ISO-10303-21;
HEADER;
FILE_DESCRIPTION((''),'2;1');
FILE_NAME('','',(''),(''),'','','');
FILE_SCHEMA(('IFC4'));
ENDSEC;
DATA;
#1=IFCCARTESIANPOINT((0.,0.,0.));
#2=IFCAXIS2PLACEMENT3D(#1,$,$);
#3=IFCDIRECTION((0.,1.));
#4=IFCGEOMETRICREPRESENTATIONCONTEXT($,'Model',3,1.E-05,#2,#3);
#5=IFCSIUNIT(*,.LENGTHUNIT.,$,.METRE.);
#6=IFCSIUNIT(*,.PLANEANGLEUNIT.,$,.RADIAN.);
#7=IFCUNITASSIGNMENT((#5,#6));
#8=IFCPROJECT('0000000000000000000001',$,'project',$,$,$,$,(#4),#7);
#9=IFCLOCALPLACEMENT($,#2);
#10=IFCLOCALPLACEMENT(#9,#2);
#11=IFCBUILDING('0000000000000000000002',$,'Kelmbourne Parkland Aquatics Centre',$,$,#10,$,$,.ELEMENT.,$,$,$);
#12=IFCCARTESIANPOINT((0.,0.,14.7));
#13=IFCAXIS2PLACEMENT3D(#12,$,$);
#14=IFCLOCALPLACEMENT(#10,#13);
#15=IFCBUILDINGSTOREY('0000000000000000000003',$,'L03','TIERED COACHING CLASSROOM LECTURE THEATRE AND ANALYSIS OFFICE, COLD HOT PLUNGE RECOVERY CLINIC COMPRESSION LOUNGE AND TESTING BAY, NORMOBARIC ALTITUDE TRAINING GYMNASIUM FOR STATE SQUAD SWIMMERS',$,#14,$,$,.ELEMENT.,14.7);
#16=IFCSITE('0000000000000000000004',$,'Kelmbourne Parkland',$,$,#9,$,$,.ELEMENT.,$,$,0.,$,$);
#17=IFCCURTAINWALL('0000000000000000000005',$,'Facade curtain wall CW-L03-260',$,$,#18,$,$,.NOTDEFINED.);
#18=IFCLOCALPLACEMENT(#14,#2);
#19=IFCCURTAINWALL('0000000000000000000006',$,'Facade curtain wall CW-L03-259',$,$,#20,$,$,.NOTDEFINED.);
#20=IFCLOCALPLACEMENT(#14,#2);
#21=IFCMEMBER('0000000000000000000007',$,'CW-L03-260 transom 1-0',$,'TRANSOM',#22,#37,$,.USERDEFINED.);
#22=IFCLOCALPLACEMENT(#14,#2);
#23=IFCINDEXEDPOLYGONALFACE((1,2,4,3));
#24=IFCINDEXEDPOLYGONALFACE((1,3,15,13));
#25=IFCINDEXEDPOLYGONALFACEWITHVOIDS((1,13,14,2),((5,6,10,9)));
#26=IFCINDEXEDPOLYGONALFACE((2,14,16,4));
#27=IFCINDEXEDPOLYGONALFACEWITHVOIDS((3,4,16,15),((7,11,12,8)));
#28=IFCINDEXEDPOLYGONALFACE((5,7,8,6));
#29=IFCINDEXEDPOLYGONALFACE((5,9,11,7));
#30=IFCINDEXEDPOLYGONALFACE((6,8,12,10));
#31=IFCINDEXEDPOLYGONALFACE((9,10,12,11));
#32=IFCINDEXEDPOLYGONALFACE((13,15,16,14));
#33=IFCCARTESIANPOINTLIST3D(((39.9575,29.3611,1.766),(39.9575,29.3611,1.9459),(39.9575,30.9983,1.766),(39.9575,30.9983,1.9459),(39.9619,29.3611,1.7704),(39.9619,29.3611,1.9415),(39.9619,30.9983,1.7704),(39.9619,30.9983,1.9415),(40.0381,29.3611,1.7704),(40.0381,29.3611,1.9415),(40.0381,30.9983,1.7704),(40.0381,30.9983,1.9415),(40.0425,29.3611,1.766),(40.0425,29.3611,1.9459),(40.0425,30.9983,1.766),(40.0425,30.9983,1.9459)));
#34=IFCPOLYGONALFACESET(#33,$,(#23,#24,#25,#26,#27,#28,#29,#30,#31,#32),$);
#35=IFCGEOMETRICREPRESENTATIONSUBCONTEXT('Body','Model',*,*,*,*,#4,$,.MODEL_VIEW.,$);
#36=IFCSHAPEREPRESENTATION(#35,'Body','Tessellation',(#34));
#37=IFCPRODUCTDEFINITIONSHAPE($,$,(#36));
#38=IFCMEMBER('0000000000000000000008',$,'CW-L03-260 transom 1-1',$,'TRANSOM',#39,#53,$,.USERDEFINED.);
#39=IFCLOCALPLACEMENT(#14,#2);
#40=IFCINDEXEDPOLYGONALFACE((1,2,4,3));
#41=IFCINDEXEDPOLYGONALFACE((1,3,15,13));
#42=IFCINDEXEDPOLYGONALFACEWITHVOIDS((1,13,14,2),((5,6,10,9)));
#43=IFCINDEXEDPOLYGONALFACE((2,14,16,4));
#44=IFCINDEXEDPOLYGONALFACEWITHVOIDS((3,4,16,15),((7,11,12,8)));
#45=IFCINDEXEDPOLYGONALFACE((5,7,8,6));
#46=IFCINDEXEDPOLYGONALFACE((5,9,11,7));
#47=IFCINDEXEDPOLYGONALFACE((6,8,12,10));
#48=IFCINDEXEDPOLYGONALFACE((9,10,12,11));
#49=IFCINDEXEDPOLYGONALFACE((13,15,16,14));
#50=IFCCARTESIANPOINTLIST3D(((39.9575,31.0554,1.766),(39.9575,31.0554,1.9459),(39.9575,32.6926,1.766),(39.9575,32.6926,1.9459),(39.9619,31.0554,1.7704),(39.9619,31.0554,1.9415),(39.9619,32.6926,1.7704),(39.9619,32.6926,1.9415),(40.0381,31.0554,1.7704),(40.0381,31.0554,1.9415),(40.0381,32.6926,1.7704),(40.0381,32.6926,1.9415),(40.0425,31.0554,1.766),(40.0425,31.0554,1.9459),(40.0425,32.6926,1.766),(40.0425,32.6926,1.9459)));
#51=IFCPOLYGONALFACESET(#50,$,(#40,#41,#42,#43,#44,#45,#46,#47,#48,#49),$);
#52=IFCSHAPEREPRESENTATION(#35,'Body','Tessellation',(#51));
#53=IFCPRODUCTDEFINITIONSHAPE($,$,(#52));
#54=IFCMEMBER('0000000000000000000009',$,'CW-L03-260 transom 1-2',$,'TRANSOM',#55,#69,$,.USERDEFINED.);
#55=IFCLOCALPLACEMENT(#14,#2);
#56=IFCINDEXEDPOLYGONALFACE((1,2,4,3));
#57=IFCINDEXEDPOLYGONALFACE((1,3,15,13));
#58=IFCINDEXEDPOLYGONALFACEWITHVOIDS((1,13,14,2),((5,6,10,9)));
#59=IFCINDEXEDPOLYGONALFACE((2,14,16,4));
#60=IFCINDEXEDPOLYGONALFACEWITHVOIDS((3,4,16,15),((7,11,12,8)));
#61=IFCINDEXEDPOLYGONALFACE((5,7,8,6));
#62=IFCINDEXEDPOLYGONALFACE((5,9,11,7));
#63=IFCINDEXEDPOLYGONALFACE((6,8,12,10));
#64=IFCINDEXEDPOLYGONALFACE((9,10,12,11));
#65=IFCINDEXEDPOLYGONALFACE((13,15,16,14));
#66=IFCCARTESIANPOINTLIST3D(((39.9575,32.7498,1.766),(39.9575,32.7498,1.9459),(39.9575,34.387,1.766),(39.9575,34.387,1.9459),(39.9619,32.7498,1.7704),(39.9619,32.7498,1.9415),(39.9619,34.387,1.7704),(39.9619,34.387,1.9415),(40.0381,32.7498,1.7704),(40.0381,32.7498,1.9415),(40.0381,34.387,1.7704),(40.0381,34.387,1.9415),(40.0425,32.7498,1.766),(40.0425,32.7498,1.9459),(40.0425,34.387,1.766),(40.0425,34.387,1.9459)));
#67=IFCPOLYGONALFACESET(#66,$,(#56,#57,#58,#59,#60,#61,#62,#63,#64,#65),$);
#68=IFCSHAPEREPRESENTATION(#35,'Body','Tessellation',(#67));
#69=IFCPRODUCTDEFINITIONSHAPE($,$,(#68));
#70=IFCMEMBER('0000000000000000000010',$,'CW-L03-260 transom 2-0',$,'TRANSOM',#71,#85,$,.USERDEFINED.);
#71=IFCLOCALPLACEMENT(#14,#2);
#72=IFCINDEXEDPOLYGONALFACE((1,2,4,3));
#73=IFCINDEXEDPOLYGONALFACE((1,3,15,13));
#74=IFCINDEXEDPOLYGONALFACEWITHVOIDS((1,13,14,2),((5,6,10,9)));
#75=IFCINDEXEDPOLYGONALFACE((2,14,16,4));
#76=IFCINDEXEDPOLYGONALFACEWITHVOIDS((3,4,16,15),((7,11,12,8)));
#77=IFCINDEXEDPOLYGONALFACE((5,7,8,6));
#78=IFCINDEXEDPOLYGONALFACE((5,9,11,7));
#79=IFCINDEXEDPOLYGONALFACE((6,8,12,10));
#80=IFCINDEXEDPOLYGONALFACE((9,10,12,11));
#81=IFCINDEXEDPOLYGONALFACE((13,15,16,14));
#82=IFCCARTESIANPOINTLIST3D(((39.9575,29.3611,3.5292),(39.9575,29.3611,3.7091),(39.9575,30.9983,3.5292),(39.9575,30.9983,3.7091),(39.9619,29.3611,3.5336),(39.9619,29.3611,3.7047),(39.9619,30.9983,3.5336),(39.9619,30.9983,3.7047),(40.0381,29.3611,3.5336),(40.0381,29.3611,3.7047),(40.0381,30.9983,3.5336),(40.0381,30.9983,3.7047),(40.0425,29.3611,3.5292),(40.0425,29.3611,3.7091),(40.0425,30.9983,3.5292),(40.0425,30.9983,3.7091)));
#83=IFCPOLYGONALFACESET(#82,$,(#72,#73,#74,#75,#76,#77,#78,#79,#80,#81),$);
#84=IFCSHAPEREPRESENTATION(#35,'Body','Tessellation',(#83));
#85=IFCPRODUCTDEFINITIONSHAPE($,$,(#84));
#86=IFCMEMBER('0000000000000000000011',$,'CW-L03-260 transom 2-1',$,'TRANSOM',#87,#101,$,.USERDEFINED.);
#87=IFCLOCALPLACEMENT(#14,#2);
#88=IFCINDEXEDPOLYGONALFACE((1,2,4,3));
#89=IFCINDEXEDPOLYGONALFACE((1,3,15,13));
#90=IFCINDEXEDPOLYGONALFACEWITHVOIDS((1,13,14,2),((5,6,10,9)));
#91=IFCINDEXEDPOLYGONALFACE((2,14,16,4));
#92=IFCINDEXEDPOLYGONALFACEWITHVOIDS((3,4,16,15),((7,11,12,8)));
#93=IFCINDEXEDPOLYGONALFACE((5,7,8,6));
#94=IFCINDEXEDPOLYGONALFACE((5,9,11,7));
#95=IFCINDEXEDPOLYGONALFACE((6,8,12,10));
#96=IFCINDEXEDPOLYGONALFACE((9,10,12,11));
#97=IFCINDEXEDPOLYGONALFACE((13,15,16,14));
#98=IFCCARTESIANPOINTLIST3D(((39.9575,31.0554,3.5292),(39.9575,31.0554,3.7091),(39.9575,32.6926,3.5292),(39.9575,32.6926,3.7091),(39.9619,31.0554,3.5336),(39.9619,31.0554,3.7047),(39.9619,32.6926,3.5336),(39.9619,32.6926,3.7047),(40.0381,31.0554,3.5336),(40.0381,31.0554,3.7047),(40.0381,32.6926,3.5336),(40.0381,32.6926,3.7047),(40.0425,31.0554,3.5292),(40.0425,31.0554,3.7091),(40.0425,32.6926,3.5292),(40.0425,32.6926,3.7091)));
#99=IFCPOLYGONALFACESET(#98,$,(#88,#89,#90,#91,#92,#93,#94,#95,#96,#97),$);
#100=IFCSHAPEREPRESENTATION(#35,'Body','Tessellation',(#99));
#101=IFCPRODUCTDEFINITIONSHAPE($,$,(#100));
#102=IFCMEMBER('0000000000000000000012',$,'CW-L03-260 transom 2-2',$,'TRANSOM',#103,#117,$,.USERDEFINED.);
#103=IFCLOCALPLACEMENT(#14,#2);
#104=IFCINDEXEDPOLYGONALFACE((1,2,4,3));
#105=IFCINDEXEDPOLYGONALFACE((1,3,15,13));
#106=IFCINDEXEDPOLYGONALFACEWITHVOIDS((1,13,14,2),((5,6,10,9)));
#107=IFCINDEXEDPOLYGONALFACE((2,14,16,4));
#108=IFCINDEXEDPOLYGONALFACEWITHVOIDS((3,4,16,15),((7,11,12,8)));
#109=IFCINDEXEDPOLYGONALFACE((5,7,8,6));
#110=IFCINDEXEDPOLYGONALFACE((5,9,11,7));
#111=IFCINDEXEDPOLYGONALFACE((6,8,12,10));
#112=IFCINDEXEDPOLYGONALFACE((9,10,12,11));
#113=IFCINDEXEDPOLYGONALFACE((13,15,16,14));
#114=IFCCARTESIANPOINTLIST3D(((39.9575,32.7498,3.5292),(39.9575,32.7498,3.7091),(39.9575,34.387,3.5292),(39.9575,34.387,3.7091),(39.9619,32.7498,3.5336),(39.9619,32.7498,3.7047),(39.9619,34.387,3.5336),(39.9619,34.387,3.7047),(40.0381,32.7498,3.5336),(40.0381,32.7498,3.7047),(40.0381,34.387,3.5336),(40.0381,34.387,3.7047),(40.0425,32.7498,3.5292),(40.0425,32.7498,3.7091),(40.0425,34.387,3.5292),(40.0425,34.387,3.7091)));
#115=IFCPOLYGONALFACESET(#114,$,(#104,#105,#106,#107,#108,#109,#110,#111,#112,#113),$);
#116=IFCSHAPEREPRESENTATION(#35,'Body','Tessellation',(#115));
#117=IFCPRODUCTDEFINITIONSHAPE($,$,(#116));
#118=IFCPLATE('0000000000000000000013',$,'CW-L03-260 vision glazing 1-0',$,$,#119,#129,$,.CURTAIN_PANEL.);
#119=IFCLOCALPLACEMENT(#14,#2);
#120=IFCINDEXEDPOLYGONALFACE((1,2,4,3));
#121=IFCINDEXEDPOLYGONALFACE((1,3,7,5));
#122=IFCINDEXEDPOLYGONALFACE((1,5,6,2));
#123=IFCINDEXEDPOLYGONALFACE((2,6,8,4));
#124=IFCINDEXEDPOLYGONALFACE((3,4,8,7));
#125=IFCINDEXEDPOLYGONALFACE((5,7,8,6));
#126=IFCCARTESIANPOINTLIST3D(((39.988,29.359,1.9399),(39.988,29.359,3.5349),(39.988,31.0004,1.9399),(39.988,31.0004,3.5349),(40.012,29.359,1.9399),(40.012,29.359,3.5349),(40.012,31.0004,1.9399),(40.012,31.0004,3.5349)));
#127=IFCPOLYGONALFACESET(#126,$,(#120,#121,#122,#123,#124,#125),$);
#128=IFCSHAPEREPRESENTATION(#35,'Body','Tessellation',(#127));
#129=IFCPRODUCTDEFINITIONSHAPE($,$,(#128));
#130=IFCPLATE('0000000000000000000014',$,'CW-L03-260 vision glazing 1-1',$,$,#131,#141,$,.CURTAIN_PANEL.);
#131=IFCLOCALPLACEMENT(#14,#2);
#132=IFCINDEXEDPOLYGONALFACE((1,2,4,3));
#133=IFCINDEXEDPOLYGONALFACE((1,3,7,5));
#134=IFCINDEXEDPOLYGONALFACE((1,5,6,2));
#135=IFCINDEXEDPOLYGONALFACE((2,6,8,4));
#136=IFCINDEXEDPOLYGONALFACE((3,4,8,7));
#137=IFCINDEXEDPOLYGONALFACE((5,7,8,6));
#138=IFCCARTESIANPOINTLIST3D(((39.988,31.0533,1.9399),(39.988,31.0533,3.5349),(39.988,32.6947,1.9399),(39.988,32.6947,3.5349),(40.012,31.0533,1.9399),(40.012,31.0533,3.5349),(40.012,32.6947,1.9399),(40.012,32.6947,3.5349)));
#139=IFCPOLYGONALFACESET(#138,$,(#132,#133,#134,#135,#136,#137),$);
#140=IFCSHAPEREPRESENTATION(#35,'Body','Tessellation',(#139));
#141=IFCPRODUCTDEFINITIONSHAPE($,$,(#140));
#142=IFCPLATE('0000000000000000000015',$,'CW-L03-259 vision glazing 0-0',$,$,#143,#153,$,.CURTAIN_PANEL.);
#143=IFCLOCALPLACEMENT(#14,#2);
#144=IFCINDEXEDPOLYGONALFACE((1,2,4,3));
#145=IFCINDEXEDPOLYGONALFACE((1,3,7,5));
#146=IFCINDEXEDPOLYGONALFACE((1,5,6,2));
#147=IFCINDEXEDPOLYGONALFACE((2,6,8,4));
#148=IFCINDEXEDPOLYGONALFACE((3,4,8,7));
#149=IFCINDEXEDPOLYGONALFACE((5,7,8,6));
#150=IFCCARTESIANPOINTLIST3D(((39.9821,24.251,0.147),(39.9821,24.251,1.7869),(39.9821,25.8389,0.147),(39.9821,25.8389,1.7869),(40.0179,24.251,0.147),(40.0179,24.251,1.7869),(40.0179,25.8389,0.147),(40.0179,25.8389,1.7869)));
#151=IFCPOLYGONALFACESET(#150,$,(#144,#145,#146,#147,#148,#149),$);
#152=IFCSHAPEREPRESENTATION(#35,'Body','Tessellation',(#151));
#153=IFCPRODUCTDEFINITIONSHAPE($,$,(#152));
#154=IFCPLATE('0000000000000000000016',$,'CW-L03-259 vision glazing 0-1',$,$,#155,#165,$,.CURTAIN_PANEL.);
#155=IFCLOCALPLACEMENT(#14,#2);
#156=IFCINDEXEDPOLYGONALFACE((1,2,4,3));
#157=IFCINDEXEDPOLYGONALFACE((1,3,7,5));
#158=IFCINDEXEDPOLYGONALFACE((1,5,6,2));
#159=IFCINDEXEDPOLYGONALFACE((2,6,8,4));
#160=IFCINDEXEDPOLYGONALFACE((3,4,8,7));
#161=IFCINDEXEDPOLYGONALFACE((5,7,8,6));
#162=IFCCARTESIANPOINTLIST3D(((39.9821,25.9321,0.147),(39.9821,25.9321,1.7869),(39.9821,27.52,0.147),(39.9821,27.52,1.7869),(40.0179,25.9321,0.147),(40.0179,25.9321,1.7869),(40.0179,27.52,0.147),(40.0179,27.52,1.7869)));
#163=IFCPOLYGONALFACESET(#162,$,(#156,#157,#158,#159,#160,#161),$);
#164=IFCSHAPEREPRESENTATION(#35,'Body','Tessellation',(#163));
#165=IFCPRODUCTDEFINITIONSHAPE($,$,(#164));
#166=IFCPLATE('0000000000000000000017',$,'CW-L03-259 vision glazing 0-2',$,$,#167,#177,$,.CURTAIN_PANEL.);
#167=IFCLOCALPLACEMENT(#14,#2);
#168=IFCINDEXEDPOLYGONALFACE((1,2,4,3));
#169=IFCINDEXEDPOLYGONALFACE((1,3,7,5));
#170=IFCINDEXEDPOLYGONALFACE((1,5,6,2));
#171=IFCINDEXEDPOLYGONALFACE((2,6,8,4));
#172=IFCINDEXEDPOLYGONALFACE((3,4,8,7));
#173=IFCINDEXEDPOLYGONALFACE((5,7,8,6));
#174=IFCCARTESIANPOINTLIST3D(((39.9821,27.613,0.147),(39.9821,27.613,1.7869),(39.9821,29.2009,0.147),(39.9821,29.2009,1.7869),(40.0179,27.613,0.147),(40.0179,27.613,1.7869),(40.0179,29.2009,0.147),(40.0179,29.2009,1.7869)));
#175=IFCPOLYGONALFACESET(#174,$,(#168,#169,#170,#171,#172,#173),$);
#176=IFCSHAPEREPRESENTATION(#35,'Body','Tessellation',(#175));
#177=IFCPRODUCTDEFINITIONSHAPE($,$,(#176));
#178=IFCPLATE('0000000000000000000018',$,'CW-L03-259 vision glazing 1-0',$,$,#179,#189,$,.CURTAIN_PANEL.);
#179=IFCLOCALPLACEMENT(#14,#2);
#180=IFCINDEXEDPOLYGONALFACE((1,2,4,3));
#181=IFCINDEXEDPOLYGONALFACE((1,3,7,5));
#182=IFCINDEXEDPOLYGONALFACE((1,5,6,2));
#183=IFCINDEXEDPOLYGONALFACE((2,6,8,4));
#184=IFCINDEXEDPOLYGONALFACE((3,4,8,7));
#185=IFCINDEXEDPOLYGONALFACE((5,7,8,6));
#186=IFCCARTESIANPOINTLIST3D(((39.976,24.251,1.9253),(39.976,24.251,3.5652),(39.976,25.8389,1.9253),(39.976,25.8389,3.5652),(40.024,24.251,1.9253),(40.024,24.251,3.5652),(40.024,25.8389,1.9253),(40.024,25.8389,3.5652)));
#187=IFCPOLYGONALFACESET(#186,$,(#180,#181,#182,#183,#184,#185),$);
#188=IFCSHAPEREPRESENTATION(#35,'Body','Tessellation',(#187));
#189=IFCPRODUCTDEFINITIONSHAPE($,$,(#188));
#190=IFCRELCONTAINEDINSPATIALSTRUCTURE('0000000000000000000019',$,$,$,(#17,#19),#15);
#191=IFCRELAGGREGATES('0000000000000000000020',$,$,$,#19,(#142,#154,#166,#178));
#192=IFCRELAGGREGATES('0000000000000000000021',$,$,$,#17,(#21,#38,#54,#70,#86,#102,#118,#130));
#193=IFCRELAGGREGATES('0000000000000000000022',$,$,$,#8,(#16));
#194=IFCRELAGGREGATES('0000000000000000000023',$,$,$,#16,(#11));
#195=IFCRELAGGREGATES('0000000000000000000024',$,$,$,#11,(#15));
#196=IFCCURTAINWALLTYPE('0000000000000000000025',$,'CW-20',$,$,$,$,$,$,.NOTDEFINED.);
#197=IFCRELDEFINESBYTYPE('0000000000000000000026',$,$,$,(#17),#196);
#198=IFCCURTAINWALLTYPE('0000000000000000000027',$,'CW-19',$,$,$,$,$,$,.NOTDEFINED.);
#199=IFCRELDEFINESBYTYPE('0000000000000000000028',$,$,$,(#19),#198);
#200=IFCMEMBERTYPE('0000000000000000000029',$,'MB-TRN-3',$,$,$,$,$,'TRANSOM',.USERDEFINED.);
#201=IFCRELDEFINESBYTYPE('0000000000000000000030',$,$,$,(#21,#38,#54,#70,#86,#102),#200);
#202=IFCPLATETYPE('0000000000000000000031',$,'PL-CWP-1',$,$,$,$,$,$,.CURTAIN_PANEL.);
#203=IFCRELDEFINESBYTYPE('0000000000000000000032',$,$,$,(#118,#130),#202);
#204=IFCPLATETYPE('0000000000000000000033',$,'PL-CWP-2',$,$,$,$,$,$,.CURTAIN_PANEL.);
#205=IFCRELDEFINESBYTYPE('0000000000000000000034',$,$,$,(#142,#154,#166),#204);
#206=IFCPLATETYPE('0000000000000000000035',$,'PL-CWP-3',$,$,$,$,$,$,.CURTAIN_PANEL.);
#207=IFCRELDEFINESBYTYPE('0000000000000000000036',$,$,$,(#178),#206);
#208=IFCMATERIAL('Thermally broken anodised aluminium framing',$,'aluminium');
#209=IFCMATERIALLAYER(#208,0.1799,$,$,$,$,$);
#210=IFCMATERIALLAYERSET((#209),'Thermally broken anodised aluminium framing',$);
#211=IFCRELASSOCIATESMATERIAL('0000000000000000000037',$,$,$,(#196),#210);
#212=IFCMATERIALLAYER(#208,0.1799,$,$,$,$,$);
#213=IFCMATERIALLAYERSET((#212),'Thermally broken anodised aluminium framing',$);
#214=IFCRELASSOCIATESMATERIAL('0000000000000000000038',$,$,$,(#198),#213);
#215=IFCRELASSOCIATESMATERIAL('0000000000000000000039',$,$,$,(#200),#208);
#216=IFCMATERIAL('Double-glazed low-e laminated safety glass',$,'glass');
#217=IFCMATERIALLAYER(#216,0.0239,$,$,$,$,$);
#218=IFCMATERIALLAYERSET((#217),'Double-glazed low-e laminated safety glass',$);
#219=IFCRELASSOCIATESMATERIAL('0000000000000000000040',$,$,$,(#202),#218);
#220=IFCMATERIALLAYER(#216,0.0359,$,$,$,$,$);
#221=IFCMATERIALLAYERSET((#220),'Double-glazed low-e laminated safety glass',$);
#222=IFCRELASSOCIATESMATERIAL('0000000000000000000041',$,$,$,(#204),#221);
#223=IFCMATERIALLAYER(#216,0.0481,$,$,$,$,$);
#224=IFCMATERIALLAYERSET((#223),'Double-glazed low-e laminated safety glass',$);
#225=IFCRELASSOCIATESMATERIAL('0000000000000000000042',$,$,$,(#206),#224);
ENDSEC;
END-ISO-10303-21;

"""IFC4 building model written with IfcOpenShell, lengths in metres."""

from ifc_helpers import new_model, si_unit, direction, frame, origin, origin_2d, place, context, subcontext, project, spatial, rectangle, hollow_rectangle, extrude, material, layer, layer_set, material_profile, profile_set, type_object, element, aggregate, save


model = new_model("IFC4")

# Units and contexts
model_context = context("Model", 3, precision=1e-05, world=origin(), true_north=direction((0.0, 1.0)))
body_context = subcontext(model_context, "Body", "Model", "MODEL_VIEW")
ifc_project = project(units=[si_unit("LENGTHUNIT", "METRE"), si_unit("PLANEANGLEUNIT", "RADIAN")], contexts=[model_context])

# Site, building, storey
site_placement = place(None, origin())
site = spatial("IfcSite", under=ifc_project, at=site_placement, Name="Kelmbourne Parkland", CompositionType="ELEMENT", RefElevation=0.0)
building_placement = place(site_placement, origin())
building = spatial("IfcBuilding", under=site, at=building_placement, Name="Kelmbourne Parkland Aquatics Centre", CompositionType="ELEMENT")
storey_placement = place(building_placement, frame((0.0, 0.0, 14.7)))
storey = spatial("IfcBuildingStorey", under=building, at=storey_placement, Name="L03", Description="TIERED COACHING CLASSROOM LECTURE THEATRE AND ANALYSIS OFFICE, COLD HOT PLUNGE RECOVERY CLINIC COMPRESSION LOUNGE AND TESTING BAY, NORMOBARIC ALTITUDE TRAINING GYMNASIUM FOR STATE SQUAD SWIMMERS", CompositionType="ELEMENT", Elevation=14.7)

# Curtain wall
ifc_material_1 = material(Name="Thermally broken anodised aluminium framing", Category="aluminium")
ifc_layer_1 = layer(ifc_material_1, 0.1799)
ifc_layer_set_1 = layer_set([ifc_layer_1], Name="Thermally broken anodised aluminium framing")
curtain_wall_type_1 = type_object("IfcCurtainWallType", Name="CW-20", PredefinedType="NOTDEFINED", material=ifc_layer_set_1)
curtain_wall_1_placement = place(storey_placement, origin())
curtain_wall_1 = element("IfcCurtainWall", 1, at=curtain_wall_1_placement, inside=storey, type_object=curtain_wall_type_1, Name="Facade curtain wall CW-L03-260", PredefinedType="NOTDEFINED")

# Curtain wall
ifc_layer_2 = layer(ifc_material_1, 0.1799)
ifc_layer_set_2 = layer_set([ifc_layer_2], Name="Thermally broken anodised aluminium framing")
curtain_wall_type_2 = type_object("IfcCurtainWallType", Name="CW-19", PredefinedType="NOTDEFINED", material=ifc_layer_set_2)
curtain_wall_2_placement = place(storey_placement, origin())
curtain_wall_2 = element("IfcCurtainWall", 2, at=curtain_wall_2_placement, inside=storey, type_object=curtain_wall_type_2, Name="Facade curtain wall CW-L03-259", PredefinedType="NOTDEFINED")

# Members
ifc_material_profile_1 = material_profile(ifc_material_1, hollow_rectangle(XDim=0.085, YDim=0.1799, WallThickness=0.0044, at=origin_2d()), Name="CW-T 85x180")
ifc_profile_set_1 = profile_set([ifc_material_profile_1], Name="Thermally broken anodised aluminium framing")
member_type_1 = type_object("IfcMemberType", Name="MB-TRN-3", ElementType="TRANSOM", PredefinedType="USERDEFINED", material=ifc_profile_set_1)
member_1_placement = place(storey_placement, frame((40.0, 29.3611, 1.856), z_axis=(0.0, 1.0, 0.0), x_axis=(-1.0, 0.0, 0.0)))
member_1 = element("IfcMember", 3, at=member_1_placement, type_object=member_type_1, Name="CW-L03-260 transom 1-0", ObjectType="TRANSOM", PredefinedType="USERDEFINED", context=body_context, shape_type="SweptSolid", body=[
    extrude(hollow_rectangle(XDim=0.085, YDim=0.1799, WallThickness=0.0044, at=origin_2d()), origin(), (0.0, 0.0, 1.0), 1.6372),
])
member_2_placement = place(storey_placement, frame((40.0, 31.0554, 1.856), z_axis=(0.0, 1.0, 0.0), x_axis=(-1.0, 0.0, 0.0)))
member_2 = element("IfcMember", 4, at=member_2_placement, type_object=member_type_1, Name="CW-L03-260 transom 1-1", ObjectType="TRANSOM", PredefinedType="USERDEFINED", context=body_context, shape_type="SweptSolid", body=[
    extrude(hollow_rectangle(XDim=0.085, YDim=0.1799, WallThickness=0.0044, at=origin_2d()), origin(), (0.0, 0.0, 1.0), 1.6372),
])
member_3_placement = place(storey_placement, frame((40.0, 32.7498, 1.856), z_axis=(0.0, 1.0, 0.0), x_axis=(-1.0, 0.0, 0.0)))
member_3 = element("IfcMember", 5, at=member_3_placement, type_object=member_type_1, Name="CW-L03-260 transom 1-2", ObjectType="TRANSOM", PredefinedType="USERDEFINED", context=body_context, shape_type="SweptSolid", body=[
    extrude(hollow_rectangle(XDim=0.085, YDim=0.1799, WallThickness=0.0044, at=origin_2d()), origin(), (0.0, 0.0, 1.0), 1.6372),
])
member_4_placement = place(storey_placement, frame((40.0, 29.3611, 3.6191), z_axis=(0.0, 1.0, 0.0), x_axis=(-1.0, 0.0, 0.0)))
member_4 = element("IfcMember", 6, at=member_4_placement, type_object=member_type_1, Name="CW-L03-260 transom 2-0", ObjectType="TRANSOM", PredefinedType="USERDEFINED", context=body_context, shape_type="SweptSolid", body=[
    extrude(hollow_rectangle(XDim=0.085, YDim=0.1799, WallThickness=0.0044, at=origin_2d()), origin(), (0.0, 0.0, 1.0), 1.6372),
])
member_5_placement = place(storey_placement, frame((40.0, 31.0554, 3.6191), z_axis=(0.0, 1.0, 0.0), x_axis=(-1.0, 0.0, 0.0)))
member_5 = element("IfcMember", 7, at=member_5_placement, type_object=member_type_1, Name="CW-L03-260 transom 2-1", ObjectType="TRANSOM", PredefinedType="USERDEFINED", context=body_context, shape_type="SweptSolid", body=[
    extrude(hollow_rectangle(XDim=0.085, YDim=0.1799, WallThickness=0.0044, at=origin_2d()), origin(), (0.0, 0.0, 1.0), 1.6372),
])
member_6_placement = place(storey_placement, frame((40.0, 32.7498, 3.6191), z_axis=(0.0, 1.0, 0.0), x_axis=(-1.0, 0.0, 0.0)))
member_6 = element("IfcMember", 8, at=member_6_placement, type_object=member_type_1, Name="CW-L03-260 transom 2-2", ObjectType="TRANSOM", PredefinedType="USERDEFINED", context=body_context, shape_type="SweptSolid", body=[
    extrude(hollow_rectangle(XDim=0.085, YDim=0.1799, WallThickness=0.0044, at=origin_2d()), origin(), (0.0, 0.0, 1.0), 1.6372),
])

# Plates
ifc_material_2 = material(Name="Double-glazed low-e laminated safety glass", Category="glass")
ifc_layer_3 = layer(ifc_material_2, 0.0239)
ifc_layer_set_3 = layer_set([ifc_layer_3], Name="Double-glazed low-e laminated safety glass")
plate_type_1 = type_object("IfcPlateType", Name="PL-CWP-1", PredefinedType="CURTAIN_PANEL", material=ifc_layer_set_3)
plate_1_placement = place(storey_placement, frame((40.0, 30.1797, 1.9399), z_axis=(0.0, 0.0, 1.0), x_axis=(0.0, 1.0, 0.0)))
plate_1 = element("IfcPlate", 9, at=plate_1_placement, type_object=plate_type_1, Name="CW-L03-260 vision glazing 1-0", PredefinedType="CURTAIN_PANEL", context=body_context, shape_type="SweptSolid", body=[
    extrude(rectangle(XDim=1.6414, YDim=0.0239, at=origin_2d()), origin(), (0.0, 0.0, 1.0), 1.595),
])
plate_2_placement = place(storey_placement, frame((40.0, 31.874, 1.9399), z_axis=(0.0, 0.0, 1.0), x_axis=(0.0, 1.0, 0.0)))
plate_2 = element("IfcPlate", 10, at=plate_2_placement, type_object=plate_type_1, Name="CW-L03-260 vision glazing 1-1", PredefinedType="CURTAIN_PANEL", context=body_context, shape_type="SweptSolid", body=[
    extrude(rectangle(XDim=1.6414, YDim=0.0239, at=origin_2d()), origin(), (0.0, 0.0, 1.0), 1.595),
])
ifc_layer_4 = layer(ifc_material_2, 0.0359)
ifc_layer_set_4 = layer_set([ifc_layer_4], Name="Double-glazed low-e laminated safety glass")
plate_type_2 = type_object("IfcPlateType", Name="PL-CWP-2", PredefinedType="CURTAIN_PANEL", material=ifc_layer_set_4)
plate_3_placement = place(storey_placement, frame((40.0, 25.0449, 0.147), z_axis=(0.0, 0.0, 1.0), x_axis=(0.0, 1.0, 0.0)))
plate_3 = element("IfcPlate", 11, at=plate_3_placement, type_object=plate_type_2, Name="CW-L03-259 vision glazing 0-0", PredefinedType="CURTAIN_PANEL", context=body_context, shape_type="SweptSolid", body=[
    extrude(rectangle(XDim=1.5879, YDim=0.0359, at=origin_2d()), origin(), (0.0, 0.0, 1.0), 1.6399),
])
plate_4_placement = place(storey_placement, frame((40.0, 26.7261, 0.147), z_axis=(0.0, 0.0, 1.0), x_axis=(0.0, 1.0, 0.0)))
plate_4 = element("IfcPlate", 12, at=plate_4_placement, type_object=plate_type_2, Name="CW-L03-259 vision glazing 0-1", PredefinedType="CURTAIN_PANEL", context=body_context, shape_type="SweptSolid", body=[
    extrude(rectangle(XDim=1.5879, YDim=0.0359, at=origin_2d()), origin(), (0.0, 0.0, 1.0), 1.6399),
])
plate_5_placement = place(storey_placement, frame((40.0, 28.407, 0.147), z_axis=(0.0, 0.0, 1.0), x_axis=(0.0, 1.0, 0.0)))
plate_5 = element("IfcPlate", 13, at=plate_5_placement, type_object=plate_type_2, Name="CW-L03-259 vision glazing 0-2", PredefinedType="CURTAIN_PANEL", context=body_context, shape_type="SweptSolid", body=[
    extrude(rectangle(XDim=1.5879, YDim=0.0359, at=origin_2d()), origin(), (0.0, 0.0, 1.0), 1.6399),
])
ifc_layer_5 = layer(ifc_material_2, 0.0481)
ifc_layer_set_5 = layer_set([ifc_layer_5], Name="Double-glazed low-e laminated safety glass")
plate_type_3 = type_object("IfcPlateType", Name="PL-CWP-3", PredefinedType="CURTAIN_PANEL", material=ifc_layer_set_5)
plate_6_placement = place(storey_placement, frame((40.0, 25.0449, 1.9253), z_axis=(0.0, 0.0, 1.0), x_axis=(0.0, 1.0, 0.0)))
plate_6 = element("IfcPlate", 14, at=plate_6_placement, type_object=plate_type_3, Name="CW-L03-259 vision glazing 1-0", PredefinedType="CURTAIN_PANEL", context=body_context, shape_type="SweptSolid", body=[
    extrude(rectangle(XDim=1.5879, YDim=0.0481, at=origin_2d()), origin(), (0.0, 0.0, 1.0), 1.6399),
])
aggregate(curtain_wall_2, [plate_3, plate_4, plate_5, plate_6])
aggregate(curtain_wall_1, [member_1, member_2, member_3, member_4, member_5, member_6, plate_1, plate_2])

save(model, "model.ifc")
